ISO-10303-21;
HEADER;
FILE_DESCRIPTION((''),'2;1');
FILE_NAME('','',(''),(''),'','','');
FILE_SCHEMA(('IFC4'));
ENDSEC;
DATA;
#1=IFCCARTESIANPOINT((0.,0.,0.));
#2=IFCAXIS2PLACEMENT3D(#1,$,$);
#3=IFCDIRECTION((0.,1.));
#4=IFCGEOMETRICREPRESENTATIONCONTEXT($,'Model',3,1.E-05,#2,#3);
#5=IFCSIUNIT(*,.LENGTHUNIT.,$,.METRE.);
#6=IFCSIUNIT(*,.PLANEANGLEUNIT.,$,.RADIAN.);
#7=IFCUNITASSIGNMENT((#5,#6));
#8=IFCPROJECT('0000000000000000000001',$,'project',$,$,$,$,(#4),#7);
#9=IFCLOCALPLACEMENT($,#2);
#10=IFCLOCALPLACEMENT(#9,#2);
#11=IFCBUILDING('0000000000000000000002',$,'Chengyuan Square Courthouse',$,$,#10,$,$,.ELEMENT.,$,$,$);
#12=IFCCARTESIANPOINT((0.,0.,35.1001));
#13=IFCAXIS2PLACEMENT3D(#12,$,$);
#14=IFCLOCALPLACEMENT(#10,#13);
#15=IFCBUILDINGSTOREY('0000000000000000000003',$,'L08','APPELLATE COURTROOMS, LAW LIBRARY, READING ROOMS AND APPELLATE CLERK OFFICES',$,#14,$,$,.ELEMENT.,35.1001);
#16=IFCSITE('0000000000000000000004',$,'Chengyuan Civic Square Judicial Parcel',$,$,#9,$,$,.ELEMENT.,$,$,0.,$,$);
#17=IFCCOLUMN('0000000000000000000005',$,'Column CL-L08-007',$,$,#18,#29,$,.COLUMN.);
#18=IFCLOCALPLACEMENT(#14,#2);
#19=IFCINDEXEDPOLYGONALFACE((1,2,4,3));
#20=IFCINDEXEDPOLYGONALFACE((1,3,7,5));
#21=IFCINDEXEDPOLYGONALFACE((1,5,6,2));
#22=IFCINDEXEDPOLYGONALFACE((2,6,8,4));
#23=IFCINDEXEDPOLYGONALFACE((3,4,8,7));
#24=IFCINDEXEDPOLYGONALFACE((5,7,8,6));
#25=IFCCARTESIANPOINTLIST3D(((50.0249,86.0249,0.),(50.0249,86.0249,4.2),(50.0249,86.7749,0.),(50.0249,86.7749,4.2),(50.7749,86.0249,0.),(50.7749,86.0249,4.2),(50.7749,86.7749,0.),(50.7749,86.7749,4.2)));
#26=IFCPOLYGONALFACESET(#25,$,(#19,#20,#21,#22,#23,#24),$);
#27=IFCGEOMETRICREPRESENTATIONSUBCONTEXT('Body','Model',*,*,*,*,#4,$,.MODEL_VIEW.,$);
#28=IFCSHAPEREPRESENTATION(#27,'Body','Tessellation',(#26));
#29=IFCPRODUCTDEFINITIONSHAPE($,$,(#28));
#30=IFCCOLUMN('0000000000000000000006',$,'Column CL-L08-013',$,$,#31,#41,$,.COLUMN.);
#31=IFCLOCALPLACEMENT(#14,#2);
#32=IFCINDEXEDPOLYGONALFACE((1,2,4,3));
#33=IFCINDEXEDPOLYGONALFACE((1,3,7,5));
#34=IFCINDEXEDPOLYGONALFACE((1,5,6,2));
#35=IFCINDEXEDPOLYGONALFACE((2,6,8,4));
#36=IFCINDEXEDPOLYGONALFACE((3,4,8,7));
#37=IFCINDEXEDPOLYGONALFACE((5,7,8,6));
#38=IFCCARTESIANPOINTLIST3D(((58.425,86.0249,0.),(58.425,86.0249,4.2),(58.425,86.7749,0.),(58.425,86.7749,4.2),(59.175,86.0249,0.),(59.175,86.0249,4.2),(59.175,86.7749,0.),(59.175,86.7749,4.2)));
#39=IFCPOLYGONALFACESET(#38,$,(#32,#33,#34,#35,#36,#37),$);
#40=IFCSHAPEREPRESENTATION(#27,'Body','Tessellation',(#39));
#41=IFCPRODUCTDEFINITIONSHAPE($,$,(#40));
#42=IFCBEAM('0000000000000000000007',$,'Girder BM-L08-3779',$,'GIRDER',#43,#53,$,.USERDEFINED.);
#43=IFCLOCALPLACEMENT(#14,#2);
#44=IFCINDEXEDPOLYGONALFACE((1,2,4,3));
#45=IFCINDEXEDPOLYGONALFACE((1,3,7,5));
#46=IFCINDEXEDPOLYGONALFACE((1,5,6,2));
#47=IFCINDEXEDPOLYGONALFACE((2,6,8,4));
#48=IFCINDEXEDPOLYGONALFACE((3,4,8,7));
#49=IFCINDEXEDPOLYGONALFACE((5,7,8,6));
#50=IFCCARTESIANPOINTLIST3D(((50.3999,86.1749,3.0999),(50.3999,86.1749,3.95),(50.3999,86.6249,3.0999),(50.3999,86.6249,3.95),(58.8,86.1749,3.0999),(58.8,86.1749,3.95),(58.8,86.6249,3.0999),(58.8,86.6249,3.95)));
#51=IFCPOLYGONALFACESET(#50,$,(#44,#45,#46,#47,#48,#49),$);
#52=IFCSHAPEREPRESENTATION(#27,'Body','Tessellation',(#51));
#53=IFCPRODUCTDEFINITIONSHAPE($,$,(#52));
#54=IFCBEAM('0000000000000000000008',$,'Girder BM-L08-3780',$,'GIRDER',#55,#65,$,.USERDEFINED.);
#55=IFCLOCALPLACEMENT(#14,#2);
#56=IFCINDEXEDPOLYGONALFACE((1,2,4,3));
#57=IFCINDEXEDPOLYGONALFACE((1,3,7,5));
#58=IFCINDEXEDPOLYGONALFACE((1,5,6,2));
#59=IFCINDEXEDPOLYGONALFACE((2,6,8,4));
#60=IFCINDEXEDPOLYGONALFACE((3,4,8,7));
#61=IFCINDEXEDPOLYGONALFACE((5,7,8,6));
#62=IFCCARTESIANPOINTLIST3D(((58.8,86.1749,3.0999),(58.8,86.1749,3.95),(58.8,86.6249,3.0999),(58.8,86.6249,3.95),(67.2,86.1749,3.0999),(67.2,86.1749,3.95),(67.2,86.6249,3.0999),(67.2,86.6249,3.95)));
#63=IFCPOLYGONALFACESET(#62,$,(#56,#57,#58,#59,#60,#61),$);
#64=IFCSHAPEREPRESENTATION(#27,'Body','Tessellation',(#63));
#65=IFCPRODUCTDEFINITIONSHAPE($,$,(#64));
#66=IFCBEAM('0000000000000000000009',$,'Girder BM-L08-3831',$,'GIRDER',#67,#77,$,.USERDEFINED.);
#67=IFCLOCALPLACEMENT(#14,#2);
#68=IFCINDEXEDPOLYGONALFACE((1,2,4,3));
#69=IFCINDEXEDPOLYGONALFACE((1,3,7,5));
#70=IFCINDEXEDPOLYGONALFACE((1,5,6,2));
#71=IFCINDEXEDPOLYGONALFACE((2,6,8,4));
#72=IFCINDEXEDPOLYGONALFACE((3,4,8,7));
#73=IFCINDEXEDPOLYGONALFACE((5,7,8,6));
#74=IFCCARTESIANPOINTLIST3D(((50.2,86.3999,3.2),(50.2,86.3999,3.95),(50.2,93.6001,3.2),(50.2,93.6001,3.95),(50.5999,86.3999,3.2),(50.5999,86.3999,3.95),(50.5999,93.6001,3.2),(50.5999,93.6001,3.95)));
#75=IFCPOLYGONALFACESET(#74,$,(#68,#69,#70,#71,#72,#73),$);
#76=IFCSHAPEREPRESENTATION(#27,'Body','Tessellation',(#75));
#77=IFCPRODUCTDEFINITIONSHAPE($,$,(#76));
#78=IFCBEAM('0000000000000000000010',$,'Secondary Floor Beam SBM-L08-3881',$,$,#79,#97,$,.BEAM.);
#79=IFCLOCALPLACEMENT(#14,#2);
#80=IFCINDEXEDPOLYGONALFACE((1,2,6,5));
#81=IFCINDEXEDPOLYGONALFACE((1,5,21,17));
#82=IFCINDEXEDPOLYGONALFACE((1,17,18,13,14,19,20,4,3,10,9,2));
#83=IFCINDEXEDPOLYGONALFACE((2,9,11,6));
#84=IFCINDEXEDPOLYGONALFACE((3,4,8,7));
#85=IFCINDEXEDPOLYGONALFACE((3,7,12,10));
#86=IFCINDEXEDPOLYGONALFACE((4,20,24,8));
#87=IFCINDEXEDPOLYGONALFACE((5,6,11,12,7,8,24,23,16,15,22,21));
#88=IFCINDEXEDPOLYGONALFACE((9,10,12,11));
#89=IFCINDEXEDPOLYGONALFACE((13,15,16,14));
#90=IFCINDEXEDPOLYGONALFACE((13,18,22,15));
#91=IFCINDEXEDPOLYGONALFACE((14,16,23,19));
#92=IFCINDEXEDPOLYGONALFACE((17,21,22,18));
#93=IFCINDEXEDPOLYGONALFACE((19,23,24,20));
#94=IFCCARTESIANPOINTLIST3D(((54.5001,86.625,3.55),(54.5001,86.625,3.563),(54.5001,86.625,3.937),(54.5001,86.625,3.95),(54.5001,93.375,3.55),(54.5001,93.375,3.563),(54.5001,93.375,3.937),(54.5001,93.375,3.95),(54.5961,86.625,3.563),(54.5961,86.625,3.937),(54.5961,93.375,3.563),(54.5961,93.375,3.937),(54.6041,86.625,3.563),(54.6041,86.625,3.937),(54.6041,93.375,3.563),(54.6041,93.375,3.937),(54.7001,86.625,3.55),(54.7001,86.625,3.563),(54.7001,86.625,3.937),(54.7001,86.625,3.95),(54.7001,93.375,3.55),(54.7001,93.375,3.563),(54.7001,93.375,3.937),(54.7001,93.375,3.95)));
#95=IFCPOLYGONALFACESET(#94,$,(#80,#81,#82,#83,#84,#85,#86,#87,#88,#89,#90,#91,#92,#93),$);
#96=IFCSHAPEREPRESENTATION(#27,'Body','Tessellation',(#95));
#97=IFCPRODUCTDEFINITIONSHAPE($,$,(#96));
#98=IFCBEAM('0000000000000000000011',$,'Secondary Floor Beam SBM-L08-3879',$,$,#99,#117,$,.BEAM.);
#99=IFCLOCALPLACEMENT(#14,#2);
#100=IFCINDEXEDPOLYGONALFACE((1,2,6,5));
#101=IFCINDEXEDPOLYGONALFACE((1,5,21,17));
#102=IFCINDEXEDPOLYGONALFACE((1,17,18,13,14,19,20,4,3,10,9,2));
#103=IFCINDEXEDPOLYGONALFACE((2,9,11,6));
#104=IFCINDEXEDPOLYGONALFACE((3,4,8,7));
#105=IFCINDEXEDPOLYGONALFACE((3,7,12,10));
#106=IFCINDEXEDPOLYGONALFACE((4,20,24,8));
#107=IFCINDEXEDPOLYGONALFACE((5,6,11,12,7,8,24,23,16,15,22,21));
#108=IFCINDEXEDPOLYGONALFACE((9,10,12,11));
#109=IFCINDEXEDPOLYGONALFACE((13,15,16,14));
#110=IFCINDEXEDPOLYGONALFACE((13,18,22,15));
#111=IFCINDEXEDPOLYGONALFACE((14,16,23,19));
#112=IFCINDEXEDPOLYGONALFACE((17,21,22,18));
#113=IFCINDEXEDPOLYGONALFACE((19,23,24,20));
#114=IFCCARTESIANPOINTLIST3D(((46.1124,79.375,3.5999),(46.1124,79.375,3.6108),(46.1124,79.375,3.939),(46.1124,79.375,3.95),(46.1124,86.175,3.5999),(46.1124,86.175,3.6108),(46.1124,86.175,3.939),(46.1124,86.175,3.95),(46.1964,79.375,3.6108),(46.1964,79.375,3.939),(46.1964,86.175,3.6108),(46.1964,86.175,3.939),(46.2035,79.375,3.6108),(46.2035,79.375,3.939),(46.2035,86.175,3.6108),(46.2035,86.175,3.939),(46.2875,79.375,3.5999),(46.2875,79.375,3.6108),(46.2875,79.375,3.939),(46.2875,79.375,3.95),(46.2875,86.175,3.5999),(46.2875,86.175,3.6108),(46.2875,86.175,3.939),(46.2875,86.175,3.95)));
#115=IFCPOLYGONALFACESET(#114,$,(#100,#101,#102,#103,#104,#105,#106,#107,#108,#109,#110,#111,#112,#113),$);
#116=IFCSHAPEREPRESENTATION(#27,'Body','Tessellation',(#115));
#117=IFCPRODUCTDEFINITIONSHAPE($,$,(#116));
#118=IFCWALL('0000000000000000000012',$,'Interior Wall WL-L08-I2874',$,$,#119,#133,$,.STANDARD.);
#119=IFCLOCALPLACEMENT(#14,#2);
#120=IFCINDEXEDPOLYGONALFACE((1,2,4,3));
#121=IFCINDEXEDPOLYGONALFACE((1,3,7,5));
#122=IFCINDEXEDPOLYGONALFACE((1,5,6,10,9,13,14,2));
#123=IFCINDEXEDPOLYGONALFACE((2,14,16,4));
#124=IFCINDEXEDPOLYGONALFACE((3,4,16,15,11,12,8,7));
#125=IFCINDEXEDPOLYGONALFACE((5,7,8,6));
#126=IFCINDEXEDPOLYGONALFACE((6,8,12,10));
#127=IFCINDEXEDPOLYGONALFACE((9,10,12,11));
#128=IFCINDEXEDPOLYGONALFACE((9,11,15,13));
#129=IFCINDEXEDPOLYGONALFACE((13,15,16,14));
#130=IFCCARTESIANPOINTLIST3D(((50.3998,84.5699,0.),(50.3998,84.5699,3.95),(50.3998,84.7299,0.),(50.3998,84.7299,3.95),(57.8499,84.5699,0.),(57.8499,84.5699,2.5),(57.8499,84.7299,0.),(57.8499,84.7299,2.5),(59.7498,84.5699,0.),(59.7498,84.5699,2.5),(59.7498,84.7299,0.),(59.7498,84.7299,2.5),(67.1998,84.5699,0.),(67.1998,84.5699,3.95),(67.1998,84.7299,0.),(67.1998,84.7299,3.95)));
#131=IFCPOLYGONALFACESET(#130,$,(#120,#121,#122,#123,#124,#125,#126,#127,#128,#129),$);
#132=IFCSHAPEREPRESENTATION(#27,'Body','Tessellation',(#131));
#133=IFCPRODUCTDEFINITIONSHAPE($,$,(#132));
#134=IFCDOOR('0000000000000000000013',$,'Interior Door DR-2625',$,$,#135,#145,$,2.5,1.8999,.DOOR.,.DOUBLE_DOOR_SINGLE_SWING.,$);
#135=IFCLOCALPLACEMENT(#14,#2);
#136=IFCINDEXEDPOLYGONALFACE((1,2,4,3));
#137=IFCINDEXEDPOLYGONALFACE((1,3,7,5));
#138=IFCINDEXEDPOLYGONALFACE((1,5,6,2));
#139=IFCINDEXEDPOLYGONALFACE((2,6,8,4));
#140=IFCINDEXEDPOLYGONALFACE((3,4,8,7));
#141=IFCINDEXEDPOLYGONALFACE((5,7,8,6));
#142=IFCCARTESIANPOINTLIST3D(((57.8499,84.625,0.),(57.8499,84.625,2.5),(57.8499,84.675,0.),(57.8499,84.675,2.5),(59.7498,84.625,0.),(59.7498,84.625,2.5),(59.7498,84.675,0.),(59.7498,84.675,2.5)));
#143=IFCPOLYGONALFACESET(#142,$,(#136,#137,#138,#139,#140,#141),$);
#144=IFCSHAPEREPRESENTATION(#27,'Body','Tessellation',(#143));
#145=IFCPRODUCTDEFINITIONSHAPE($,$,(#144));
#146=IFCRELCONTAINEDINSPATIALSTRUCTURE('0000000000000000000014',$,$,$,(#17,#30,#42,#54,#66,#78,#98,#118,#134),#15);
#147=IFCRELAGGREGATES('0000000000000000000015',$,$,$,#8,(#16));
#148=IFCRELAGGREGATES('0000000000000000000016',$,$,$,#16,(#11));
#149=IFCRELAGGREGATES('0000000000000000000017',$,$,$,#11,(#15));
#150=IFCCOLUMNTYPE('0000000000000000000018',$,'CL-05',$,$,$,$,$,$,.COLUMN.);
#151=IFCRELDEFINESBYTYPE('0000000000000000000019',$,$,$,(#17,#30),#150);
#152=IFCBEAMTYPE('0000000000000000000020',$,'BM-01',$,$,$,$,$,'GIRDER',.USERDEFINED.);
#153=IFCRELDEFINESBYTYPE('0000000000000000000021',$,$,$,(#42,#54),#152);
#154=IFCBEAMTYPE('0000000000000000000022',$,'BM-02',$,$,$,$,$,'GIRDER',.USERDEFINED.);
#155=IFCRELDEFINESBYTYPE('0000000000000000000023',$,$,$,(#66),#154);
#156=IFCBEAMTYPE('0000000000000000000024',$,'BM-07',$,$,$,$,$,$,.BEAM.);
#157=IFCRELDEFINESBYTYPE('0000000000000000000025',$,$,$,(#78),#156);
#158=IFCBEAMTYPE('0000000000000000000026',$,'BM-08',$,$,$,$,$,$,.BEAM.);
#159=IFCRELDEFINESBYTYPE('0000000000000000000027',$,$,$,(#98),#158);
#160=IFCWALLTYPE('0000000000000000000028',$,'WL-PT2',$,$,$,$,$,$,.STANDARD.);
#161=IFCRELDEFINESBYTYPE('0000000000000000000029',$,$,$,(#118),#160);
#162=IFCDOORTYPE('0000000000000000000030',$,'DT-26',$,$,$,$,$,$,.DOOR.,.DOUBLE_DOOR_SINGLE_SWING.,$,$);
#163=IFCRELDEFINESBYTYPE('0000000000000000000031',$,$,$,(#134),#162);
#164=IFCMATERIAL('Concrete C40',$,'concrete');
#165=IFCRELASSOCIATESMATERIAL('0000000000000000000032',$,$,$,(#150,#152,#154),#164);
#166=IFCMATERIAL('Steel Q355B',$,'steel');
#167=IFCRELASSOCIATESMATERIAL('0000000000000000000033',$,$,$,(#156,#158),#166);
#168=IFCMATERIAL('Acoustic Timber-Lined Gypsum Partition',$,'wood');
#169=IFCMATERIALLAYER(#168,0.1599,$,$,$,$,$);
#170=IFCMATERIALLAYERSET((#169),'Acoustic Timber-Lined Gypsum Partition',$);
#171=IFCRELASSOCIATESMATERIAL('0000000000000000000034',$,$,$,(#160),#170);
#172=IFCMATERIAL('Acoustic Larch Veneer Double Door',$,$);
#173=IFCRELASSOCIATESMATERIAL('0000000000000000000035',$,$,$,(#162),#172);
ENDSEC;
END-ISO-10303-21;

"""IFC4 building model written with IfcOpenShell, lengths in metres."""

from ifc_helpers import new_model, si_unit, direction, frame, frame_2d, origin, origin_2d, place, context, subcontext, project, spatial, rectangle, i_section, extrude, material, layer, layer_set, material_profile, profile_set, type_object, element, fill, save


model = new_model("IFC4")

# Units and contexts
model_context = context("Model", 3, precision=1e-05, world=origin(), true_north=direction((0.0, 1.0)))
body_context = subcontext(model_context, "Body", "Model", "MODEL_VIEW")
ifc_project = project(units=[si_unit("LENGTHUNIT", "METRE"), si_unit("PLANEANGLEUNIT", "RADIAN")], contexts=[model_context])

# Site, building, storey
site_placement = place(None, origin())
site = spatial("IfcSite", under=ifc_project, at=site_placement, Name="Chengyuan Civic Square Judicial Parcel", CompositionType="ELEMENT", RefElevation=0.0)
building_placement = place(site_placement, origin())
building = spatial("IfcBuilding", under=site, at=building_placement, Name="Chengyuan Square Courthouse", CompositionType="ELEMENT")
storey_placement = place(building_placement, frame((0.0, 0.0, 35.1001)))
storey = spatial("IfcBuildingStorey", under=building, at=storey_placement, Name="L08", Description="APPELLATE COURTROOMS, LAW LIBRARY, READING ROOMS AND APPELLATE CLERK OFFICES", CompositionType="ELEMENT", Elevation=35.1001)

# Columns
ifc_material_1 = material(Name="Concrete C40", Category="concrete")
ifc_material_profile_1 = material_profile(ifc_material_1, rectangle(XDim=0.75, YDim=0.75, at=origin_2d()), Name="RC-COL-750x750")
ifc_profile_set_1 = profile_set([ifc_material_profile_1], Name="Concrete C40")
column_type = type_object("IfcColumnType", Name="CL-05", PredefinedType="COLUMN", material=ifc_profile_set_1)
for number, where, z_axis, x_axis, name in (
    (1, (50.3999, 86.3999, 0.0), (0.0, 0.0, 1.0), (1.0, 0.0, 0.0), "Column CL-L08-007"),
    (2, (58.8, 86.3999, 0.0), (0.0, 0.0, 1.0), (1.0, 0.0, 0.0), "Column CL-L08-013"),
):
    element("IfcColumn", number, at=place(storey_placement, frame(where, z_axis=z_axis, x_axis=x_axis)), inside=storey, type_object=column_type, Name=name, PredefinedType="COLUMN", context=body_context, shape_type="SweptSolid", body=[
        extrude(rectangle(XDim=0.75, YDim=0.75, at=origin_2d()), origin(), (0.0, 0.0, 1.0), 4.2),
    ])

# Beams
ifc_material_profile_2 = material_profile(ifc_material_1, rectangle(XDim=0.45, YDim=0.8501, at=origin_2d()), Name="RC-BM-450x850")
ifc_profile_set_2 = profile_set([ifc_material_profile_2], Name="Concrete C40")
beam_type_1 = type_object("IfcBeamType", Name="BM-01", ElementType="GIRDER", PredefinedType="USERDEFINED", material=ifc_profile_set_2)
beam_1_placement = place(storey_placement, frame((50.3999, 86.3999, 3.5249), z_axis=(1.0, 0.0, 0.0), x_axis=(0.0, 1.0, 0.0)))
element("IfcBeam", 3, at=beam_1_placement, inside=storey, type_object=beam_type_1, Name="Girder BM-L08-3779", ObjectType="GIRDER", PredefinedType="USERDEFINED", context=body_context, shape_type="SweptSolid", body=[
    extrude(rectangle(XDim=0.45, YDim=0.8501, at=origin_2d()), origin(), (0.0, 0.0, 1.0), 8.4001),
])
beam_2_placement = place(storey_placement, frame((58.8, 86.3999, 3.5249), z_axis=(1.0, 0.0, 0.0), x_axis=(0.0, 1.0, 0.0)))
element("IfcBeam", 4, at=beam_2_placement, inside=storey, type_object=beam_type_1, Name="Girder BM-L08-3780", ObjectType="GIRDER", PredefinedType="USERDEFINED", context=body_context, shape_type="SweptSolid", body=[
    extrude(rectangle(XDim=0.45, YDim=0.8501, at=origin_2d()), origin(), (0.0, 0.0, 1.0), 8.3999),
])
ifc_material_profile_3 = material_profile(ifc_material_1, rectangle(XDim=0.3999, YDim=0.75, at=origin_2d()), Name="RC-BM-400x750")
ifc_profile_set_3 = profile_set([ifc_material_profile_3], Name="Concrete C40")
beam_type_2 = type_object("IfcBeamType", Name="BM-02", ElementType="GIRDER", PredefinedType="USERDEFINED", material=ifc_profile_set_3)
beam_3_placement = place(storey_placement, frame((50.3999, 86.3999, 3.575), z_axis=(0.0, 1.0, 0.0), x_axis=(-1.0, 0.0, 0.0)))
element("IfcBeam", 5, at=beam_3_placement, inside=storey, type_object=beam_type_2, Name="Girder BM-L08-3831", ObjectType="GIRDER", PredefinedType="USERDEFINED", context=body_context, shape_type="SweptSolid", body=[
    extrude(rectangle(XDim=0.3999, YDim=0.75, at=origin_2d()), origin(), (0.0, 0.0, 1.0), 7.2002),
])
ifc_material_2 = material(Name="Steel Q355B", Category="steel")
ifc_material_profile_4 = material_profile(ifc_material_2, i_section(OverallWidth=0.2, OverallDepth=0.3999, WebThickness=0.0081, FlangeThickness=0.0129, at=origin_2d()), Name="HN 400x200x8x13")
ifc_profile_set_4 = profile_set([ifc_material_profile_4], Name="Steel Q355B")
beam_type_3 = type_object("IfcBeamType", Name="BM-07", PredefinedType="BEAM", material=ifc_profile_set_4)
beam_4_placement = place(storey_placement, frame((54.6001, 86.625, 3.75), z_axis=(0.0, 1.0, 0.0), x_axis=(-1.0, 0.0, 0.0)))
element("IfcBeam", 6, at=beam_4_placement, inside=storey, type_object=beam_type_3, Name="Secondary Floor Beam SBM-L08-3881", PredefinedType="BEAM", context=body_context, shape_type="SweptSolid", body=[
    extrude(i_section(OverallWidth=0.2, OverallDepth=0.3999, WebThickness=0.0081, FlangeThickness=0.0129, at=origin_2d()), origin(), (0.0, 0.0, 1.0), 6.75),
])
ifc_material_profile_5 = material_profile(ifc_material_2, i_section(OverallWidth=0.175, OverallDepth=0.3501, WebThickness=0.0071, FlangeThickness=0.011, at=origin_2d()), Name="HN 350x175x7x11")
ifc_profile_set_5 = profile_set([ifc_material_profile_5], Name="Steel Q355B")
beam_type_4 = type_object("IfcBeamType", Name="BM-08", PredefinedType="BEAM", material=ifc_profile_set_5)
beam_5_placement = place(storey_placement, frame((46.2, 79.375, 3.7749), z_axis=(0.0, 1.0, 0.0), x_axis=(-1.0, 0.0, 0.0)))
element("IfcBeam", 7, at=beam_5_placement, inside=storey, type_object=beam_type_4, Name="Secondary Floor Beam SBM-L08-3879", PredefinedType="BEAM", context=body_context, shape_type="SweptSolid", body=[
    extrude(i_section(OverallWidth=0.175, OverallDepth=0.3501, WebThickness=0.0071, FlangeThickness=0.011, at=origin_2d()), origin(), (0.0, 0.0, 1.0), 6.8),
])

# Wall, opening, door
ifc_material_3 = material(Name="Acoustic Timber-Lined Gypsum Partition", Category="wood")
ifc_layer_1 = layer(ifc_material_3, 0.1599)
ifc_layer_set_1 = layer_set([ifc_layer_1], Name="Acoustic Timber-Lined Gypsum Partition")
wall_type_1 = type_object("IfcWallType", Name="WL-PT2", PredefinedType="STANDARD", material=ifc_layer_set_1)
wall_1_placement = place(storey_placement, frame((50.3999, 84.6499, 0.0), z_axis=(0.0, 0.0, 1.0), x_axis=(1.0, 0.0, 0.0)))
wall_1 = element("IfcWall", 8, at=wall_1_placement, inside=storey, type_object=wall_type_1, Name="Interior Wall WL-L08-I2874", PredefinedType="STANDARD", context=body_context, shape_type="SweptSolid", body=[
    extrude(rectangle(XDim=16.8, YDim=0.1599, at=frame_2d((8.3999, 0.0))), origin(), (0.0, 0.0, 1.0), 3.95),
])
opening_1_placement = place(wall_1_placement, frame((7.45, 0.0, 0.0)))
opening_1 = element("IfcOpeningElement", 9, at=opening_1_placement, cuts=wall_1, PredefinedType="OPENING", context=body_context, shape_type="SweptSolid", body=[
    extrude(rectangle(XDim=1.8999, YDim=2.5, at=frame_2d((0.95, 1.25))), frame((0.0, 0.092, 0.0), z_axis=(0.0, -1.0, 0.0), x_axis=(1.0, 0.0, 0.0)), (0.0, 0.0, 1.0), 0.1838),
])
ifc_material_4 = material(Name="Acoustic Larch Veneer Double Door")
door_type_1 = type_object("IfcDoorType", Name="DT-26", OperationType="DOUBLE_DOOR_SINGLE_SWING", PredefinedType="DOOR", material=ifc_material_4)
door_1_placement = place(opening_1_placement, frame((1.8999, 0.0, 0.0), z_axis=(0.0, 0.0, 1.0), x_axis=(-1.0, 0.0, 0.0)))
door_1 = element("IfcDoor", 10, at=door_1_placement, inside=storey, type_object=door_type_1, Name="Interior Door DR-2625", OperationType="DOUBLE_DOOR_SINGLE_SWING", OverallHeight=2.5, OverallWidth=1.8999, PredefinedType="DOOR", context=body_context, shape_type="SweptSolid", body=[
    extrude(rectangle(XDim=1.8999, YDim=2.5, at=frame_2d((0.95, 1.25))), frame((0.0, 0.0249, 0.0), z_axis=(0.0, -1.0, 0.0), x_axis=(1.0, 0.0, 0.0)), (0.0, 0.0, 1.0), 0.05),
])
fill(opening_1, door_1)

save(model, "model.ifc")
